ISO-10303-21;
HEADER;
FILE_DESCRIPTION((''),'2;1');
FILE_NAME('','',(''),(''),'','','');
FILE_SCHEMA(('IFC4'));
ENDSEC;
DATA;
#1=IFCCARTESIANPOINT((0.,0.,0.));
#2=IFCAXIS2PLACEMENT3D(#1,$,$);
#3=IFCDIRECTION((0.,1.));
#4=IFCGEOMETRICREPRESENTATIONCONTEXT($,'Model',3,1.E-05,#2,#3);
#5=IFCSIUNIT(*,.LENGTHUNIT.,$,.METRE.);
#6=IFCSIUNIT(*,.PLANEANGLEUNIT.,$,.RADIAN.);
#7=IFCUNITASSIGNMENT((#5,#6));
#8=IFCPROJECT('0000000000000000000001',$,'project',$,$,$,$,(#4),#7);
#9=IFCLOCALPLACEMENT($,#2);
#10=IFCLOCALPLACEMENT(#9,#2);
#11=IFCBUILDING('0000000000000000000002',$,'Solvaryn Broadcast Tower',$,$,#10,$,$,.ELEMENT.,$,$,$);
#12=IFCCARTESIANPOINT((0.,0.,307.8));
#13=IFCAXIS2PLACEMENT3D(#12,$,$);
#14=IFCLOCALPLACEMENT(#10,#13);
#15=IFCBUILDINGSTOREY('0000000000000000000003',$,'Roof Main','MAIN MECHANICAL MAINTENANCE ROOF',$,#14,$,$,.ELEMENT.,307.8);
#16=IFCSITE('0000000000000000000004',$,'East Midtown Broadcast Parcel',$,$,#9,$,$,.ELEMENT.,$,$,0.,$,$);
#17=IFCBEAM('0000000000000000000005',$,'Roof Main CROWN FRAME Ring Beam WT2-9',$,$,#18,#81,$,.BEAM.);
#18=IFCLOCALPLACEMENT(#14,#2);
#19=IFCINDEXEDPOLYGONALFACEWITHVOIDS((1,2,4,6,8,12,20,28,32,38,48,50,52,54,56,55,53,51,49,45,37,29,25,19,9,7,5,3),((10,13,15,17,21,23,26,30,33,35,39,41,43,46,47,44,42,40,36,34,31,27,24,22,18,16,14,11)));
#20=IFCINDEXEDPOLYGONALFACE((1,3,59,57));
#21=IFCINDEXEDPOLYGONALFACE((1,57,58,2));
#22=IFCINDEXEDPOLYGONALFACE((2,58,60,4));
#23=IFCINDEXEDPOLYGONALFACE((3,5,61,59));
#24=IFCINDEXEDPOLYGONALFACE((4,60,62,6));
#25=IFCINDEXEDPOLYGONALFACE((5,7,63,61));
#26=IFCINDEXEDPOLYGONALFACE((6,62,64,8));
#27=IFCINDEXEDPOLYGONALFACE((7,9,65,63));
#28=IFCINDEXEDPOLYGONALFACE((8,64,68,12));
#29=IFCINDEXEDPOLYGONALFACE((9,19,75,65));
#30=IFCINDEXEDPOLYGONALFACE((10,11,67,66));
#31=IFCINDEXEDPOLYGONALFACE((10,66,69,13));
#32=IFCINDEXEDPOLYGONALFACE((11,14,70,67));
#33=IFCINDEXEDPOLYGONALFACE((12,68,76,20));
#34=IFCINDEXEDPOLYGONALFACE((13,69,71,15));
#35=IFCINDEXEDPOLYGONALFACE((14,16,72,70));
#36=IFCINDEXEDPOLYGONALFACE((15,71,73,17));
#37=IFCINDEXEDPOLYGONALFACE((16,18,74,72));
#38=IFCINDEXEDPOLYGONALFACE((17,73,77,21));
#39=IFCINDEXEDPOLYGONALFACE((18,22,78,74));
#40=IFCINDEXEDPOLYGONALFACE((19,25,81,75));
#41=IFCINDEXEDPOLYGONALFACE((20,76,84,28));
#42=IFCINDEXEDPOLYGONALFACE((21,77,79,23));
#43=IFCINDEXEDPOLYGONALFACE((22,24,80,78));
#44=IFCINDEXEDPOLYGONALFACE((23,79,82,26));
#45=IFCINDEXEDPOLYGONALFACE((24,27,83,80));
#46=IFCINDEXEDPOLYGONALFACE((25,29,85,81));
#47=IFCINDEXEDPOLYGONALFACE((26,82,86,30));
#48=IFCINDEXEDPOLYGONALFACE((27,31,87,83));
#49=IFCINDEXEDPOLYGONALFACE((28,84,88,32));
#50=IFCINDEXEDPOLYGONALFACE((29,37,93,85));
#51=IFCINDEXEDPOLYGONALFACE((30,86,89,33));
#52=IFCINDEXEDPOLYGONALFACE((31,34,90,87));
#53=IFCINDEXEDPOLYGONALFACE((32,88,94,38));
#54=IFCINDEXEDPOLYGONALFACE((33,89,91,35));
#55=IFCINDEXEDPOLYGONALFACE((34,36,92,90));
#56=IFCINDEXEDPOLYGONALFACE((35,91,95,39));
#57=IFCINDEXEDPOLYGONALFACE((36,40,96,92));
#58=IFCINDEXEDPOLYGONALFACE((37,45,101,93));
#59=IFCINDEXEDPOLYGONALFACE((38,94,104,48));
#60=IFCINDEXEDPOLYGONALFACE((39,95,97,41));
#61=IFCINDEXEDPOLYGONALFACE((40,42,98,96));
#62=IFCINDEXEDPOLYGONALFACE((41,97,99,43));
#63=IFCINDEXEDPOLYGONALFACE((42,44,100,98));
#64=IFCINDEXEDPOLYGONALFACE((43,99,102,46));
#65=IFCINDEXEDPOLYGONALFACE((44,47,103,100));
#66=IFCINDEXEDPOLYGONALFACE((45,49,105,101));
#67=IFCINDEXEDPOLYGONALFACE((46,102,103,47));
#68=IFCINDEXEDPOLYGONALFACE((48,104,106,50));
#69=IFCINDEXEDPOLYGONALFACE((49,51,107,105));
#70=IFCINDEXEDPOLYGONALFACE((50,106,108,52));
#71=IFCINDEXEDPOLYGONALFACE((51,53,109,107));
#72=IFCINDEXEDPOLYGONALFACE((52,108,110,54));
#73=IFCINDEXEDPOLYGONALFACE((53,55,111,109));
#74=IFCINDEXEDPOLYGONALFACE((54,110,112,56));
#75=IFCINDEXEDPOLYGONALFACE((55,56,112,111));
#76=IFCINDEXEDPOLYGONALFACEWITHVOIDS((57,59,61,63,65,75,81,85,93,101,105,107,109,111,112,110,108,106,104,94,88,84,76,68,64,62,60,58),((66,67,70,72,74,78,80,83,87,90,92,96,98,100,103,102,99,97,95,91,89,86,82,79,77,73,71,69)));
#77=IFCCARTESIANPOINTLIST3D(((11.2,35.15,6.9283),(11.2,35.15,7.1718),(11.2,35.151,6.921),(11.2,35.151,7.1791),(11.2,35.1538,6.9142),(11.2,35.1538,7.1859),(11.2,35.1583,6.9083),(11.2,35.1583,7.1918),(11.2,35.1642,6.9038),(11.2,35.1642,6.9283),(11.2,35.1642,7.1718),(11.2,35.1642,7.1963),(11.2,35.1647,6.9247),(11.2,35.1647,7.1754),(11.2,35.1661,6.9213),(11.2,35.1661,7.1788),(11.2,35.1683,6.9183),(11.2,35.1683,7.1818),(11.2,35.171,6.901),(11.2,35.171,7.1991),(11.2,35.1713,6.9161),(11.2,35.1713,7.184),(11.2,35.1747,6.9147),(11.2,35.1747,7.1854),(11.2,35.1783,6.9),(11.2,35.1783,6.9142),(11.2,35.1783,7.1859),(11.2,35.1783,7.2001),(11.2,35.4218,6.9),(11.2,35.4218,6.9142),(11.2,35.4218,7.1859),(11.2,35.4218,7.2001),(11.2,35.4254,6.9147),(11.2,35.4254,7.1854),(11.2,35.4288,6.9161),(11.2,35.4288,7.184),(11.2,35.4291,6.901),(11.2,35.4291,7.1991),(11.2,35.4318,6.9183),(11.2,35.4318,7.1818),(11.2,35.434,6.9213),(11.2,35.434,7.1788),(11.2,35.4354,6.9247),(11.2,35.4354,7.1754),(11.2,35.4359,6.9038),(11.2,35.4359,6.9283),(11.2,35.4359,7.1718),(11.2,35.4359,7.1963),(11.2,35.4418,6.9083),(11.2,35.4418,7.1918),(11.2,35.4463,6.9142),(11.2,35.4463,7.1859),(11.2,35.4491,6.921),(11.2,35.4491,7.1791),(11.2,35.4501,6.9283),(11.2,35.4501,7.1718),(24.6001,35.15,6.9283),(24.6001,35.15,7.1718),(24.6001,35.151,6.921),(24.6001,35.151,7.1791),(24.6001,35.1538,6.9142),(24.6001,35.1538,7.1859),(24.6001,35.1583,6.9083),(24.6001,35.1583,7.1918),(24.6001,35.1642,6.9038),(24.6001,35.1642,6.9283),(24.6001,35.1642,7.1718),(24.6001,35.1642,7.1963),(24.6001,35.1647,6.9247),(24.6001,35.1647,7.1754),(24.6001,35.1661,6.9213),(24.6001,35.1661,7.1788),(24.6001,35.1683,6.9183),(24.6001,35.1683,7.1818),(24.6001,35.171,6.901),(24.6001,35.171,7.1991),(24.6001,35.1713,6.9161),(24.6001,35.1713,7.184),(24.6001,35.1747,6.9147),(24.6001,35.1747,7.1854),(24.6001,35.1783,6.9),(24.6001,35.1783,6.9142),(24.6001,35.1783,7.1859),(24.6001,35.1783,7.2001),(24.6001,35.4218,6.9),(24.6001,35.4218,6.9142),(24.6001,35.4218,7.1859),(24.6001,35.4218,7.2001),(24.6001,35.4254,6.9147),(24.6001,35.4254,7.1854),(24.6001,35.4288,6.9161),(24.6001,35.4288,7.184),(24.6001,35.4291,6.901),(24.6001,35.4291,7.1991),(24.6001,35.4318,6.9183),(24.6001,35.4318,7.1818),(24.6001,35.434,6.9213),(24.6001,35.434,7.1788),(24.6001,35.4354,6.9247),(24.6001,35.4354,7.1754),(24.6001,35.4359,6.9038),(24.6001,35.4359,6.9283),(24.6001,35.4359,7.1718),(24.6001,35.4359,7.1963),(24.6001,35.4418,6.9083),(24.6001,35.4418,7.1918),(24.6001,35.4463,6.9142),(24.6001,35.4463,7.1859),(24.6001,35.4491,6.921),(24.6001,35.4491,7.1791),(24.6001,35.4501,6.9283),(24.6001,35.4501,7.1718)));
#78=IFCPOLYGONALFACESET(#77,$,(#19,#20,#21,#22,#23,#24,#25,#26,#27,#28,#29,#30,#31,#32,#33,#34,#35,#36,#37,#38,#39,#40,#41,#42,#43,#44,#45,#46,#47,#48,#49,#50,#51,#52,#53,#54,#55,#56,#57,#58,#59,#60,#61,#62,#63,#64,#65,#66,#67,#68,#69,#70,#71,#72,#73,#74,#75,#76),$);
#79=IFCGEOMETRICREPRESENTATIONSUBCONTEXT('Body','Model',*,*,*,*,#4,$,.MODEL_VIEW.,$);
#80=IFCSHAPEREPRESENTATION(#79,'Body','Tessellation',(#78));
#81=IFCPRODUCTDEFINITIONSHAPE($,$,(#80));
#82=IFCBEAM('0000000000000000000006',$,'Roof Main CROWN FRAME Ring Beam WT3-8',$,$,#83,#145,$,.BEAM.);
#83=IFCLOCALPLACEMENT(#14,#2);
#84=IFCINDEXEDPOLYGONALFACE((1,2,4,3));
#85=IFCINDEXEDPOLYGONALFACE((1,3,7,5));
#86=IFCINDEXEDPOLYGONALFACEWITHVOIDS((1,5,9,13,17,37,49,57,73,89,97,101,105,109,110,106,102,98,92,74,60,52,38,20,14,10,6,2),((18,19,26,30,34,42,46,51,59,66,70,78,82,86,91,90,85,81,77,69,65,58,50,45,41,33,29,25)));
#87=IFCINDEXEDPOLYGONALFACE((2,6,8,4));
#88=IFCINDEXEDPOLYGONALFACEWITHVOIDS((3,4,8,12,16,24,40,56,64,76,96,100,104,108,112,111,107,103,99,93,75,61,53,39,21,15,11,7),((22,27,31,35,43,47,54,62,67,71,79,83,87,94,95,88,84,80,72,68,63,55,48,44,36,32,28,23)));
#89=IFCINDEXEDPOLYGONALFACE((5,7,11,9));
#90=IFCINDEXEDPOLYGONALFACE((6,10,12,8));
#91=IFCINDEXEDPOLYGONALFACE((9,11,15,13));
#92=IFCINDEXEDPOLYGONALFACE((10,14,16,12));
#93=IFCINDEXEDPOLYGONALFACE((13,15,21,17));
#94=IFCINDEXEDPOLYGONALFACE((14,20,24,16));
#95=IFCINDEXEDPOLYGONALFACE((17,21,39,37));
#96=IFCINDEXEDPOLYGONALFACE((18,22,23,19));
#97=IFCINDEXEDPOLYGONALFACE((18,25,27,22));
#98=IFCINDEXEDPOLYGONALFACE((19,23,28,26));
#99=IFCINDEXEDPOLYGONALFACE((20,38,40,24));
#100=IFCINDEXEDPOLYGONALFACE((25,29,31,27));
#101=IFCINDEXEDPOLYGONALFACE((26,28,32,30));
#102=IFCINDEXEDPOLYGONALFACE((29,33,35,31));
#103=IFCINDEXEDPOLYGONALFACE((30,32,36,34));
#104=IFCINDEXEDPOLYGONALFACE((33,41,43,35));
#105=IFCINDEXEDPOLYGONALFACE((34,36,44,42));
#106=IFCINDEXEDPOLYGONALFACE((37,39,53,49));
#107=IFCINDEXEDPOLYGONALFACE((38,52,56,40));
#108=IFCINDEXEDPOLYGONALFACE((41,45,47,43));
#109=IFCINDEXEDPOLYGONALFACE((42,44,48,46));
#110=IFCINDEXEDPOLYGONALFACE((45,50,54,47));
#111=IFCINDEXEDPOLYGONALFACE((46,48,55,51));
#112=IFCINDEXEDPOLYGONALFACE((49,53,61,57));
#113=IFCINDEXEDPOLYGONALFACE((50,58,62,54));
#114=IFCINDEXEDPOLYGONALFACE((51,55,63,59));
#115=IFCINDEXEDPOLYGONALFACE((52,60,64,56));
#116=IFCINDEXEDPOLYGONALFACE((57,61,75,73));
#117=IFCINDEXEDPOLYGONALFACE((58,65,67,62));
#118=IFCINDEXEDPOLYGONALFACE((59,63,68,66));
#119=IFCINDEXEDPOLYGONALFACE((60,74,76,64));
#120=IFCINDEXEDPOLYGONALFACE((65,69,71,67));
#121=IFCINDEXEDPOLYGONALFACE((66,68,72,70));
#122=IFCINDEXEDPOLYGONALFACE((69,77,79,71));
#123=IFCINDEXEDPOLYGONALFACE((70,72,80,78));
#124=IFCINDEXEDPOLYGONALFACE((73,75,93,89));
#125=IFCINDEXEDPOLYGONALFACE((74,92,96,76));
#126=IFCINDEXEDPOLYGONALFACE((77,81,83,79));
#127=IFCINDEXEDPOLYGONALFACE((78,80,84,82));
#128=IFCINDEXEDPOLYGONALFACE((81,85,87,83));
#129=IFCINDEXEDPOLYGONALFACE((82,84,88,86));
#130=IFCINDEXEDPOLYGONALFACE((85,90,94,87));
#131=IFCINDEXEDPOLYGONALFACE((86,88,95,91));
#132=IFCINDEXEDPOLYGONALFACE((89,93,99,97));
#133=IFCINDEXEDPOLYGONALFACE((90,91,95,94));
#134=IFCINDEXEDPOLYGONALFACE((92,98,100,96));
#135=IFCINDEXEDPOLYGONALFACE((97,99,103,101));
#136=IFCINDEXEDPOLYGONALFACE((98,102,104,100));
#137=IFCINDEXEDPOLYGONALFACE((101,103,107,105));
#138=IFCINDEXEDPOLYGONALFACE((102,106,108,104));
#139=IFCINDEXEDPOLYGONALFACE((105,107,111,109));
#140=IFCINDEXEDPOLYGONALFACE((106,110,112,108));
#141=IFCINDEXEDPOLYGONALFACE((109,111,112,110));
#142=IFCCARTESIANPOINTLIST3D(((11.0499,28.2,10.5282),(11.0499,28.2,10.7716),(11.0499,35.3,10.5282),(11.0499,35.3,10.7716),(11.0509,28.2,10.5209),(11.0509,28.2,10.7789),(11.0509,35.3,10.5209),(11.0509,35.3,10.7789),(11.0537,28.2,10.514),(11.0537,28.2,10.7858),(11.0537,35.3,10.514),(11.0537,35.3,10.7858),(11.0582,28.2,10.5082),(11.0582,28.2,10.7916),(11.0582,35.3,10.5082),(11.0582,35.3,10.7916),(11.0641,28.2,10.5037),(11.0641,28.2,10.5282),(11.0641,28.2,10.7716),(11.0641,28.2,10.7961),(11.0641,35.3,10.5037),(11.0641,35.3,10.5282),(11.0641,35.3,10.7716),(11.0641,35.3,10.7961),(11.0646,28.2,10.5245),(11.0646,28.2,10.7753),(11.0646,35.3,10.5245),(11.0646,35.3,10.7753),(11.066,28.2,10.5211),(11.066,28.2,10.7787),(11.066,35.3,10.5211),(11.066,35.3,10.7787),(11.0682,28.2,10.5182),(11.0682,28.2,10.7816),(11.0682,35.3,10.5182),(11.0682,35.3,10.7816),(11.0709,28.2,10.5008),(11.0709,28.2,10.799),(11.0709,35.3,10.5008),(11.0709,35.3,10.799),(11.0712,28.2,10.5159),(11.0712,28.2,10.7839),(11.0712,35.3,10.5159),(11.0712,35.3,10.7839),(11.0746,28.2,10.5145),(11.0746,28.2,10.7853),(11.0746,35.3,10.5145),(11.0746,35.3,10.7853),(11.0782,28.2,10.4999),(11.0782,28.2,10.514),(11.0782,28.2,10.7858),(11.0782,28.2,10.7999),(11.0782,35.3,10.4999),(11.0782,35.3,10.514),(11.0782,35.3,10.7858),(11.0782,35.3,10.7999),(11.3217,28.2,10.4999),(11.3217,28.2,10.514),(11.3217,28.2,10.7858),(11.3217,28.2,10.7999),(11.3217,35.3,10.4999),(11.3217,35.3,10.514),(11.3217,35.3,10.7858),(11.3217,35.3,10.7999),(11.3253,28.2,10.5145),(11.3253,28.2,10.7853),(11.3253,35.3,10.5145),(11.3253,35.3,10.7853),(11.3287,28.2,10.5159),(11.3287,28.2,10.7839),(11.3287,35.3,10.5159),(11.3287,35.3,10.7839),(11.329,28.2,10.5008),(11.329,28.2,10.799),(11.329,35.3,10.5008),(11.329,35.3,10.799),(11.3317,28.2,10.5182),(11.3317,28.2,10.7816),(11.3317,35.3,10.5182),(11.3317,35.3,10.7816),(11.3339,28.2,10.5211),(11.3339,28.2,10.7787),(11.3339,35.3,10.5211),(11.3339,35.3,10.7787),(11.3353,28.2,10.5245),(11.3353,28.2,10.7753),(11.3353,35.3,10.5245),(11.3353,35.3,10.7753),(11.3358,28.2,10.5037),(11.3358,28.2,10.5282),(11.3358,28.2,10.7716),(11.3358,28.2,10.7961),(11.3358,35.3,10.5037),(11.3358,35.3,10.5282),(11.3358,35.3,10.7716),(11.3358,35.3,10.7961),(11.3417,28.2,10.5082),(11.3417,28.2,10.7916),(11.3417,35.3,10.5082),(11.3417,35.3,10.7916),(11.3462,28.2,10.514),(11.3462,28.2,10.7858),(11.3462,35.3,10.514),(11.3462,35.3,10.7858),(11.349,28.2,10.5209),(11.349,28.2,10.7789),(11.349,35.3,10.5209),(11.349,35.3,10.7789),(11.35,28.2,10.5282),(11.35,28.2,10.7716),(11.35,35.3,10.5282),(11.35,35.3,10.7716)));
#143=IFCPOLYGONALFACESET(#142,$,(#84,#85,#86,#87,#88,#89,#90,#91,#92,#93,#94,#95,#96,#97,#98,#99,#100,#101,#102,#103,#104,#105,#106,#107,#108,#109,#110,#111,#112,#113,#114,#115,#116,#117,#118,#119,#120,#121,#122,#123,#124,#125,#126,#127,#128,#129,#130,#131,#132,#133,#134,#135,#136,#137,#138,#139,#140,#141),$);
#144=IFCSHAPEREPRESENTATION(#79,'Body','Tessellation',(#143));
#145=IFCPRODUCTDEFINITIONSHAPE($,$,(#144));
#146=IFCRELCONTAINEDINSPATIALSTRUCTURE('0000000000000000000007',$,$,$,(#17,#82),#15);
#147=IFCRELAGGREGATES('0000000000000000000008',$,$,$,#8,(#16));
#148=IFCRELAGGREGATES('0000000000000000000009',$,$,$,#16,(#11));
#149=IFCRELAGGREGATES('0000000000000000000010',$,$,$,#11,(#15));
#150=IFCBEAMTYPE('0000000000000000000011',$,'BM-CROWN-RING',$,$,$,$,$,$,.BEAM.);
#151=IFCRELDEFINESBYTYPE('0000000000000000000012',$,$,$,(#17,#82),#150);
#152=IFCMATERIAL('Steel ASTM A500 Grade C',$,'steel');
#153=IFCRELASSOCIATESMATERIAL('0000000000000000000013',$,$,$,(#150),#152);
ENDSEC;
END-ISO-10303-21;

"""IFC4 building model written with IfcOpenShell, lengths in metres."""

from ifc_helpers import new_model, si_unit, direction, frame, origin, origin_2d, place, context, subcontext, project, spatial, hollow_rectangle, extrude, material, material_profile, profile_set, type_object, element, save


model = new_model("IFC4")

# Units and contexts
model_context = context("Model", 3, precision=1e-05, world=origin(), true_north=direction((0.0, 1.0)))
body_context = subcontext(model_context, "Body", "Model", "MODEL_VIEW")
ifc_project = project(units=[si_unit("LENGTHUNIT", "METRE"), si_unit("PLANEANGLEUNIT", "RADIAN")], contexts=[model_context])

# Site, building, storey
site_placement = place(None, origin())
site = spatial("IfcSite", under=ifc_project, at=site_placement, Name="East Midtown Broadcast Parcel", CompositionType="ELEMENT", RefElevation=0.0)
building_placement = place(site_placement, origin())
building = spatial("IfcBuilding", under=site, at=building_placement, Name="Solvaryn Broadcast Tower", CompositionType="ELEMENT")
storey_placement = place(building_placement, frame((0.0, 0.0, 307.8)))
storey = spatial("IfcBuildingStorey", under=building, at=storey_placement, Name="Roof Main", Description="MAIN MECHANICAL MAINTENANCE ROOF", CompositionType="ELEMENT", Elevation=307.8)

# Beams
ifc_material_1 = material(Name="Steel ASTM A500 Grade C", Category="steel")
ifc_material_profile_1 = material_profile(ifc_material_1, hollow_rectangle(XDim=0.3, YDim=0.3, WallThickness=0.0142, InnerFilletRadius=0.0142, OuterFilletRadius=0.0283, at=origin_2d()))
ifc_profile_set_1 = profile_set([ifc_material_profile_1], Name="Steel ASTM A500 Grade C")
beam_type = type_object("IfcBeamType", Name="BM-CROWN-RING", PredefinedType="BEAM", material=ifc_profile_set_1)
beam_1_placement = place(storey_placement, frame((11.2, 35.3, 7.05), z_axis=(1.0, 0.0, 0.0), x_axis=(0.0, 1.0, 0.0)))
element("IfcBeam", 1, at=beam_1_placement, inside=storey, type_object=beam_type, Name="Roof Main CROWN FRAME Ring Beam WT2-9", PredefinedType="BEAM", context=body_context, shape_type="SweptSolid", body=[
    extrude(hollow_rectangle(XDim=0.3, YDim=0.3, WallThickness=0.0142, InnerFilletRadius=0.0142, OuterFilletRadius=0.0283, at=origin_2d()), origin(), (0.0, 0.0, 1.0), 13.4001),
])
beam_2_placement = place(storey_placement, frame((11.2, 35.3, 10.6499), z_axis=(0.0, -1.0, 0.0), x_axis=(1.0, 0.0, 0.0)))
element("IfcBeam", 2, at=beam_2_placement, inside=storey, type_object=beam_type, Name="Roof Main CROWN FRAME Ring Beam WT3-8", PredefinedType="BEAM", context=body_context, shape_type="SweptSolid", body=[
    extrude(hollow_rectangle(XDim=0.3, YDim=0.3, WallThickness=0.0142, InnerFilletRadius=0.0142, OuterFilletRadius=0.0283, at=origin_2d()), origin(), (0.0, 0.0, 1.0), 7.1001),
])

save(model, "model.ifc")
